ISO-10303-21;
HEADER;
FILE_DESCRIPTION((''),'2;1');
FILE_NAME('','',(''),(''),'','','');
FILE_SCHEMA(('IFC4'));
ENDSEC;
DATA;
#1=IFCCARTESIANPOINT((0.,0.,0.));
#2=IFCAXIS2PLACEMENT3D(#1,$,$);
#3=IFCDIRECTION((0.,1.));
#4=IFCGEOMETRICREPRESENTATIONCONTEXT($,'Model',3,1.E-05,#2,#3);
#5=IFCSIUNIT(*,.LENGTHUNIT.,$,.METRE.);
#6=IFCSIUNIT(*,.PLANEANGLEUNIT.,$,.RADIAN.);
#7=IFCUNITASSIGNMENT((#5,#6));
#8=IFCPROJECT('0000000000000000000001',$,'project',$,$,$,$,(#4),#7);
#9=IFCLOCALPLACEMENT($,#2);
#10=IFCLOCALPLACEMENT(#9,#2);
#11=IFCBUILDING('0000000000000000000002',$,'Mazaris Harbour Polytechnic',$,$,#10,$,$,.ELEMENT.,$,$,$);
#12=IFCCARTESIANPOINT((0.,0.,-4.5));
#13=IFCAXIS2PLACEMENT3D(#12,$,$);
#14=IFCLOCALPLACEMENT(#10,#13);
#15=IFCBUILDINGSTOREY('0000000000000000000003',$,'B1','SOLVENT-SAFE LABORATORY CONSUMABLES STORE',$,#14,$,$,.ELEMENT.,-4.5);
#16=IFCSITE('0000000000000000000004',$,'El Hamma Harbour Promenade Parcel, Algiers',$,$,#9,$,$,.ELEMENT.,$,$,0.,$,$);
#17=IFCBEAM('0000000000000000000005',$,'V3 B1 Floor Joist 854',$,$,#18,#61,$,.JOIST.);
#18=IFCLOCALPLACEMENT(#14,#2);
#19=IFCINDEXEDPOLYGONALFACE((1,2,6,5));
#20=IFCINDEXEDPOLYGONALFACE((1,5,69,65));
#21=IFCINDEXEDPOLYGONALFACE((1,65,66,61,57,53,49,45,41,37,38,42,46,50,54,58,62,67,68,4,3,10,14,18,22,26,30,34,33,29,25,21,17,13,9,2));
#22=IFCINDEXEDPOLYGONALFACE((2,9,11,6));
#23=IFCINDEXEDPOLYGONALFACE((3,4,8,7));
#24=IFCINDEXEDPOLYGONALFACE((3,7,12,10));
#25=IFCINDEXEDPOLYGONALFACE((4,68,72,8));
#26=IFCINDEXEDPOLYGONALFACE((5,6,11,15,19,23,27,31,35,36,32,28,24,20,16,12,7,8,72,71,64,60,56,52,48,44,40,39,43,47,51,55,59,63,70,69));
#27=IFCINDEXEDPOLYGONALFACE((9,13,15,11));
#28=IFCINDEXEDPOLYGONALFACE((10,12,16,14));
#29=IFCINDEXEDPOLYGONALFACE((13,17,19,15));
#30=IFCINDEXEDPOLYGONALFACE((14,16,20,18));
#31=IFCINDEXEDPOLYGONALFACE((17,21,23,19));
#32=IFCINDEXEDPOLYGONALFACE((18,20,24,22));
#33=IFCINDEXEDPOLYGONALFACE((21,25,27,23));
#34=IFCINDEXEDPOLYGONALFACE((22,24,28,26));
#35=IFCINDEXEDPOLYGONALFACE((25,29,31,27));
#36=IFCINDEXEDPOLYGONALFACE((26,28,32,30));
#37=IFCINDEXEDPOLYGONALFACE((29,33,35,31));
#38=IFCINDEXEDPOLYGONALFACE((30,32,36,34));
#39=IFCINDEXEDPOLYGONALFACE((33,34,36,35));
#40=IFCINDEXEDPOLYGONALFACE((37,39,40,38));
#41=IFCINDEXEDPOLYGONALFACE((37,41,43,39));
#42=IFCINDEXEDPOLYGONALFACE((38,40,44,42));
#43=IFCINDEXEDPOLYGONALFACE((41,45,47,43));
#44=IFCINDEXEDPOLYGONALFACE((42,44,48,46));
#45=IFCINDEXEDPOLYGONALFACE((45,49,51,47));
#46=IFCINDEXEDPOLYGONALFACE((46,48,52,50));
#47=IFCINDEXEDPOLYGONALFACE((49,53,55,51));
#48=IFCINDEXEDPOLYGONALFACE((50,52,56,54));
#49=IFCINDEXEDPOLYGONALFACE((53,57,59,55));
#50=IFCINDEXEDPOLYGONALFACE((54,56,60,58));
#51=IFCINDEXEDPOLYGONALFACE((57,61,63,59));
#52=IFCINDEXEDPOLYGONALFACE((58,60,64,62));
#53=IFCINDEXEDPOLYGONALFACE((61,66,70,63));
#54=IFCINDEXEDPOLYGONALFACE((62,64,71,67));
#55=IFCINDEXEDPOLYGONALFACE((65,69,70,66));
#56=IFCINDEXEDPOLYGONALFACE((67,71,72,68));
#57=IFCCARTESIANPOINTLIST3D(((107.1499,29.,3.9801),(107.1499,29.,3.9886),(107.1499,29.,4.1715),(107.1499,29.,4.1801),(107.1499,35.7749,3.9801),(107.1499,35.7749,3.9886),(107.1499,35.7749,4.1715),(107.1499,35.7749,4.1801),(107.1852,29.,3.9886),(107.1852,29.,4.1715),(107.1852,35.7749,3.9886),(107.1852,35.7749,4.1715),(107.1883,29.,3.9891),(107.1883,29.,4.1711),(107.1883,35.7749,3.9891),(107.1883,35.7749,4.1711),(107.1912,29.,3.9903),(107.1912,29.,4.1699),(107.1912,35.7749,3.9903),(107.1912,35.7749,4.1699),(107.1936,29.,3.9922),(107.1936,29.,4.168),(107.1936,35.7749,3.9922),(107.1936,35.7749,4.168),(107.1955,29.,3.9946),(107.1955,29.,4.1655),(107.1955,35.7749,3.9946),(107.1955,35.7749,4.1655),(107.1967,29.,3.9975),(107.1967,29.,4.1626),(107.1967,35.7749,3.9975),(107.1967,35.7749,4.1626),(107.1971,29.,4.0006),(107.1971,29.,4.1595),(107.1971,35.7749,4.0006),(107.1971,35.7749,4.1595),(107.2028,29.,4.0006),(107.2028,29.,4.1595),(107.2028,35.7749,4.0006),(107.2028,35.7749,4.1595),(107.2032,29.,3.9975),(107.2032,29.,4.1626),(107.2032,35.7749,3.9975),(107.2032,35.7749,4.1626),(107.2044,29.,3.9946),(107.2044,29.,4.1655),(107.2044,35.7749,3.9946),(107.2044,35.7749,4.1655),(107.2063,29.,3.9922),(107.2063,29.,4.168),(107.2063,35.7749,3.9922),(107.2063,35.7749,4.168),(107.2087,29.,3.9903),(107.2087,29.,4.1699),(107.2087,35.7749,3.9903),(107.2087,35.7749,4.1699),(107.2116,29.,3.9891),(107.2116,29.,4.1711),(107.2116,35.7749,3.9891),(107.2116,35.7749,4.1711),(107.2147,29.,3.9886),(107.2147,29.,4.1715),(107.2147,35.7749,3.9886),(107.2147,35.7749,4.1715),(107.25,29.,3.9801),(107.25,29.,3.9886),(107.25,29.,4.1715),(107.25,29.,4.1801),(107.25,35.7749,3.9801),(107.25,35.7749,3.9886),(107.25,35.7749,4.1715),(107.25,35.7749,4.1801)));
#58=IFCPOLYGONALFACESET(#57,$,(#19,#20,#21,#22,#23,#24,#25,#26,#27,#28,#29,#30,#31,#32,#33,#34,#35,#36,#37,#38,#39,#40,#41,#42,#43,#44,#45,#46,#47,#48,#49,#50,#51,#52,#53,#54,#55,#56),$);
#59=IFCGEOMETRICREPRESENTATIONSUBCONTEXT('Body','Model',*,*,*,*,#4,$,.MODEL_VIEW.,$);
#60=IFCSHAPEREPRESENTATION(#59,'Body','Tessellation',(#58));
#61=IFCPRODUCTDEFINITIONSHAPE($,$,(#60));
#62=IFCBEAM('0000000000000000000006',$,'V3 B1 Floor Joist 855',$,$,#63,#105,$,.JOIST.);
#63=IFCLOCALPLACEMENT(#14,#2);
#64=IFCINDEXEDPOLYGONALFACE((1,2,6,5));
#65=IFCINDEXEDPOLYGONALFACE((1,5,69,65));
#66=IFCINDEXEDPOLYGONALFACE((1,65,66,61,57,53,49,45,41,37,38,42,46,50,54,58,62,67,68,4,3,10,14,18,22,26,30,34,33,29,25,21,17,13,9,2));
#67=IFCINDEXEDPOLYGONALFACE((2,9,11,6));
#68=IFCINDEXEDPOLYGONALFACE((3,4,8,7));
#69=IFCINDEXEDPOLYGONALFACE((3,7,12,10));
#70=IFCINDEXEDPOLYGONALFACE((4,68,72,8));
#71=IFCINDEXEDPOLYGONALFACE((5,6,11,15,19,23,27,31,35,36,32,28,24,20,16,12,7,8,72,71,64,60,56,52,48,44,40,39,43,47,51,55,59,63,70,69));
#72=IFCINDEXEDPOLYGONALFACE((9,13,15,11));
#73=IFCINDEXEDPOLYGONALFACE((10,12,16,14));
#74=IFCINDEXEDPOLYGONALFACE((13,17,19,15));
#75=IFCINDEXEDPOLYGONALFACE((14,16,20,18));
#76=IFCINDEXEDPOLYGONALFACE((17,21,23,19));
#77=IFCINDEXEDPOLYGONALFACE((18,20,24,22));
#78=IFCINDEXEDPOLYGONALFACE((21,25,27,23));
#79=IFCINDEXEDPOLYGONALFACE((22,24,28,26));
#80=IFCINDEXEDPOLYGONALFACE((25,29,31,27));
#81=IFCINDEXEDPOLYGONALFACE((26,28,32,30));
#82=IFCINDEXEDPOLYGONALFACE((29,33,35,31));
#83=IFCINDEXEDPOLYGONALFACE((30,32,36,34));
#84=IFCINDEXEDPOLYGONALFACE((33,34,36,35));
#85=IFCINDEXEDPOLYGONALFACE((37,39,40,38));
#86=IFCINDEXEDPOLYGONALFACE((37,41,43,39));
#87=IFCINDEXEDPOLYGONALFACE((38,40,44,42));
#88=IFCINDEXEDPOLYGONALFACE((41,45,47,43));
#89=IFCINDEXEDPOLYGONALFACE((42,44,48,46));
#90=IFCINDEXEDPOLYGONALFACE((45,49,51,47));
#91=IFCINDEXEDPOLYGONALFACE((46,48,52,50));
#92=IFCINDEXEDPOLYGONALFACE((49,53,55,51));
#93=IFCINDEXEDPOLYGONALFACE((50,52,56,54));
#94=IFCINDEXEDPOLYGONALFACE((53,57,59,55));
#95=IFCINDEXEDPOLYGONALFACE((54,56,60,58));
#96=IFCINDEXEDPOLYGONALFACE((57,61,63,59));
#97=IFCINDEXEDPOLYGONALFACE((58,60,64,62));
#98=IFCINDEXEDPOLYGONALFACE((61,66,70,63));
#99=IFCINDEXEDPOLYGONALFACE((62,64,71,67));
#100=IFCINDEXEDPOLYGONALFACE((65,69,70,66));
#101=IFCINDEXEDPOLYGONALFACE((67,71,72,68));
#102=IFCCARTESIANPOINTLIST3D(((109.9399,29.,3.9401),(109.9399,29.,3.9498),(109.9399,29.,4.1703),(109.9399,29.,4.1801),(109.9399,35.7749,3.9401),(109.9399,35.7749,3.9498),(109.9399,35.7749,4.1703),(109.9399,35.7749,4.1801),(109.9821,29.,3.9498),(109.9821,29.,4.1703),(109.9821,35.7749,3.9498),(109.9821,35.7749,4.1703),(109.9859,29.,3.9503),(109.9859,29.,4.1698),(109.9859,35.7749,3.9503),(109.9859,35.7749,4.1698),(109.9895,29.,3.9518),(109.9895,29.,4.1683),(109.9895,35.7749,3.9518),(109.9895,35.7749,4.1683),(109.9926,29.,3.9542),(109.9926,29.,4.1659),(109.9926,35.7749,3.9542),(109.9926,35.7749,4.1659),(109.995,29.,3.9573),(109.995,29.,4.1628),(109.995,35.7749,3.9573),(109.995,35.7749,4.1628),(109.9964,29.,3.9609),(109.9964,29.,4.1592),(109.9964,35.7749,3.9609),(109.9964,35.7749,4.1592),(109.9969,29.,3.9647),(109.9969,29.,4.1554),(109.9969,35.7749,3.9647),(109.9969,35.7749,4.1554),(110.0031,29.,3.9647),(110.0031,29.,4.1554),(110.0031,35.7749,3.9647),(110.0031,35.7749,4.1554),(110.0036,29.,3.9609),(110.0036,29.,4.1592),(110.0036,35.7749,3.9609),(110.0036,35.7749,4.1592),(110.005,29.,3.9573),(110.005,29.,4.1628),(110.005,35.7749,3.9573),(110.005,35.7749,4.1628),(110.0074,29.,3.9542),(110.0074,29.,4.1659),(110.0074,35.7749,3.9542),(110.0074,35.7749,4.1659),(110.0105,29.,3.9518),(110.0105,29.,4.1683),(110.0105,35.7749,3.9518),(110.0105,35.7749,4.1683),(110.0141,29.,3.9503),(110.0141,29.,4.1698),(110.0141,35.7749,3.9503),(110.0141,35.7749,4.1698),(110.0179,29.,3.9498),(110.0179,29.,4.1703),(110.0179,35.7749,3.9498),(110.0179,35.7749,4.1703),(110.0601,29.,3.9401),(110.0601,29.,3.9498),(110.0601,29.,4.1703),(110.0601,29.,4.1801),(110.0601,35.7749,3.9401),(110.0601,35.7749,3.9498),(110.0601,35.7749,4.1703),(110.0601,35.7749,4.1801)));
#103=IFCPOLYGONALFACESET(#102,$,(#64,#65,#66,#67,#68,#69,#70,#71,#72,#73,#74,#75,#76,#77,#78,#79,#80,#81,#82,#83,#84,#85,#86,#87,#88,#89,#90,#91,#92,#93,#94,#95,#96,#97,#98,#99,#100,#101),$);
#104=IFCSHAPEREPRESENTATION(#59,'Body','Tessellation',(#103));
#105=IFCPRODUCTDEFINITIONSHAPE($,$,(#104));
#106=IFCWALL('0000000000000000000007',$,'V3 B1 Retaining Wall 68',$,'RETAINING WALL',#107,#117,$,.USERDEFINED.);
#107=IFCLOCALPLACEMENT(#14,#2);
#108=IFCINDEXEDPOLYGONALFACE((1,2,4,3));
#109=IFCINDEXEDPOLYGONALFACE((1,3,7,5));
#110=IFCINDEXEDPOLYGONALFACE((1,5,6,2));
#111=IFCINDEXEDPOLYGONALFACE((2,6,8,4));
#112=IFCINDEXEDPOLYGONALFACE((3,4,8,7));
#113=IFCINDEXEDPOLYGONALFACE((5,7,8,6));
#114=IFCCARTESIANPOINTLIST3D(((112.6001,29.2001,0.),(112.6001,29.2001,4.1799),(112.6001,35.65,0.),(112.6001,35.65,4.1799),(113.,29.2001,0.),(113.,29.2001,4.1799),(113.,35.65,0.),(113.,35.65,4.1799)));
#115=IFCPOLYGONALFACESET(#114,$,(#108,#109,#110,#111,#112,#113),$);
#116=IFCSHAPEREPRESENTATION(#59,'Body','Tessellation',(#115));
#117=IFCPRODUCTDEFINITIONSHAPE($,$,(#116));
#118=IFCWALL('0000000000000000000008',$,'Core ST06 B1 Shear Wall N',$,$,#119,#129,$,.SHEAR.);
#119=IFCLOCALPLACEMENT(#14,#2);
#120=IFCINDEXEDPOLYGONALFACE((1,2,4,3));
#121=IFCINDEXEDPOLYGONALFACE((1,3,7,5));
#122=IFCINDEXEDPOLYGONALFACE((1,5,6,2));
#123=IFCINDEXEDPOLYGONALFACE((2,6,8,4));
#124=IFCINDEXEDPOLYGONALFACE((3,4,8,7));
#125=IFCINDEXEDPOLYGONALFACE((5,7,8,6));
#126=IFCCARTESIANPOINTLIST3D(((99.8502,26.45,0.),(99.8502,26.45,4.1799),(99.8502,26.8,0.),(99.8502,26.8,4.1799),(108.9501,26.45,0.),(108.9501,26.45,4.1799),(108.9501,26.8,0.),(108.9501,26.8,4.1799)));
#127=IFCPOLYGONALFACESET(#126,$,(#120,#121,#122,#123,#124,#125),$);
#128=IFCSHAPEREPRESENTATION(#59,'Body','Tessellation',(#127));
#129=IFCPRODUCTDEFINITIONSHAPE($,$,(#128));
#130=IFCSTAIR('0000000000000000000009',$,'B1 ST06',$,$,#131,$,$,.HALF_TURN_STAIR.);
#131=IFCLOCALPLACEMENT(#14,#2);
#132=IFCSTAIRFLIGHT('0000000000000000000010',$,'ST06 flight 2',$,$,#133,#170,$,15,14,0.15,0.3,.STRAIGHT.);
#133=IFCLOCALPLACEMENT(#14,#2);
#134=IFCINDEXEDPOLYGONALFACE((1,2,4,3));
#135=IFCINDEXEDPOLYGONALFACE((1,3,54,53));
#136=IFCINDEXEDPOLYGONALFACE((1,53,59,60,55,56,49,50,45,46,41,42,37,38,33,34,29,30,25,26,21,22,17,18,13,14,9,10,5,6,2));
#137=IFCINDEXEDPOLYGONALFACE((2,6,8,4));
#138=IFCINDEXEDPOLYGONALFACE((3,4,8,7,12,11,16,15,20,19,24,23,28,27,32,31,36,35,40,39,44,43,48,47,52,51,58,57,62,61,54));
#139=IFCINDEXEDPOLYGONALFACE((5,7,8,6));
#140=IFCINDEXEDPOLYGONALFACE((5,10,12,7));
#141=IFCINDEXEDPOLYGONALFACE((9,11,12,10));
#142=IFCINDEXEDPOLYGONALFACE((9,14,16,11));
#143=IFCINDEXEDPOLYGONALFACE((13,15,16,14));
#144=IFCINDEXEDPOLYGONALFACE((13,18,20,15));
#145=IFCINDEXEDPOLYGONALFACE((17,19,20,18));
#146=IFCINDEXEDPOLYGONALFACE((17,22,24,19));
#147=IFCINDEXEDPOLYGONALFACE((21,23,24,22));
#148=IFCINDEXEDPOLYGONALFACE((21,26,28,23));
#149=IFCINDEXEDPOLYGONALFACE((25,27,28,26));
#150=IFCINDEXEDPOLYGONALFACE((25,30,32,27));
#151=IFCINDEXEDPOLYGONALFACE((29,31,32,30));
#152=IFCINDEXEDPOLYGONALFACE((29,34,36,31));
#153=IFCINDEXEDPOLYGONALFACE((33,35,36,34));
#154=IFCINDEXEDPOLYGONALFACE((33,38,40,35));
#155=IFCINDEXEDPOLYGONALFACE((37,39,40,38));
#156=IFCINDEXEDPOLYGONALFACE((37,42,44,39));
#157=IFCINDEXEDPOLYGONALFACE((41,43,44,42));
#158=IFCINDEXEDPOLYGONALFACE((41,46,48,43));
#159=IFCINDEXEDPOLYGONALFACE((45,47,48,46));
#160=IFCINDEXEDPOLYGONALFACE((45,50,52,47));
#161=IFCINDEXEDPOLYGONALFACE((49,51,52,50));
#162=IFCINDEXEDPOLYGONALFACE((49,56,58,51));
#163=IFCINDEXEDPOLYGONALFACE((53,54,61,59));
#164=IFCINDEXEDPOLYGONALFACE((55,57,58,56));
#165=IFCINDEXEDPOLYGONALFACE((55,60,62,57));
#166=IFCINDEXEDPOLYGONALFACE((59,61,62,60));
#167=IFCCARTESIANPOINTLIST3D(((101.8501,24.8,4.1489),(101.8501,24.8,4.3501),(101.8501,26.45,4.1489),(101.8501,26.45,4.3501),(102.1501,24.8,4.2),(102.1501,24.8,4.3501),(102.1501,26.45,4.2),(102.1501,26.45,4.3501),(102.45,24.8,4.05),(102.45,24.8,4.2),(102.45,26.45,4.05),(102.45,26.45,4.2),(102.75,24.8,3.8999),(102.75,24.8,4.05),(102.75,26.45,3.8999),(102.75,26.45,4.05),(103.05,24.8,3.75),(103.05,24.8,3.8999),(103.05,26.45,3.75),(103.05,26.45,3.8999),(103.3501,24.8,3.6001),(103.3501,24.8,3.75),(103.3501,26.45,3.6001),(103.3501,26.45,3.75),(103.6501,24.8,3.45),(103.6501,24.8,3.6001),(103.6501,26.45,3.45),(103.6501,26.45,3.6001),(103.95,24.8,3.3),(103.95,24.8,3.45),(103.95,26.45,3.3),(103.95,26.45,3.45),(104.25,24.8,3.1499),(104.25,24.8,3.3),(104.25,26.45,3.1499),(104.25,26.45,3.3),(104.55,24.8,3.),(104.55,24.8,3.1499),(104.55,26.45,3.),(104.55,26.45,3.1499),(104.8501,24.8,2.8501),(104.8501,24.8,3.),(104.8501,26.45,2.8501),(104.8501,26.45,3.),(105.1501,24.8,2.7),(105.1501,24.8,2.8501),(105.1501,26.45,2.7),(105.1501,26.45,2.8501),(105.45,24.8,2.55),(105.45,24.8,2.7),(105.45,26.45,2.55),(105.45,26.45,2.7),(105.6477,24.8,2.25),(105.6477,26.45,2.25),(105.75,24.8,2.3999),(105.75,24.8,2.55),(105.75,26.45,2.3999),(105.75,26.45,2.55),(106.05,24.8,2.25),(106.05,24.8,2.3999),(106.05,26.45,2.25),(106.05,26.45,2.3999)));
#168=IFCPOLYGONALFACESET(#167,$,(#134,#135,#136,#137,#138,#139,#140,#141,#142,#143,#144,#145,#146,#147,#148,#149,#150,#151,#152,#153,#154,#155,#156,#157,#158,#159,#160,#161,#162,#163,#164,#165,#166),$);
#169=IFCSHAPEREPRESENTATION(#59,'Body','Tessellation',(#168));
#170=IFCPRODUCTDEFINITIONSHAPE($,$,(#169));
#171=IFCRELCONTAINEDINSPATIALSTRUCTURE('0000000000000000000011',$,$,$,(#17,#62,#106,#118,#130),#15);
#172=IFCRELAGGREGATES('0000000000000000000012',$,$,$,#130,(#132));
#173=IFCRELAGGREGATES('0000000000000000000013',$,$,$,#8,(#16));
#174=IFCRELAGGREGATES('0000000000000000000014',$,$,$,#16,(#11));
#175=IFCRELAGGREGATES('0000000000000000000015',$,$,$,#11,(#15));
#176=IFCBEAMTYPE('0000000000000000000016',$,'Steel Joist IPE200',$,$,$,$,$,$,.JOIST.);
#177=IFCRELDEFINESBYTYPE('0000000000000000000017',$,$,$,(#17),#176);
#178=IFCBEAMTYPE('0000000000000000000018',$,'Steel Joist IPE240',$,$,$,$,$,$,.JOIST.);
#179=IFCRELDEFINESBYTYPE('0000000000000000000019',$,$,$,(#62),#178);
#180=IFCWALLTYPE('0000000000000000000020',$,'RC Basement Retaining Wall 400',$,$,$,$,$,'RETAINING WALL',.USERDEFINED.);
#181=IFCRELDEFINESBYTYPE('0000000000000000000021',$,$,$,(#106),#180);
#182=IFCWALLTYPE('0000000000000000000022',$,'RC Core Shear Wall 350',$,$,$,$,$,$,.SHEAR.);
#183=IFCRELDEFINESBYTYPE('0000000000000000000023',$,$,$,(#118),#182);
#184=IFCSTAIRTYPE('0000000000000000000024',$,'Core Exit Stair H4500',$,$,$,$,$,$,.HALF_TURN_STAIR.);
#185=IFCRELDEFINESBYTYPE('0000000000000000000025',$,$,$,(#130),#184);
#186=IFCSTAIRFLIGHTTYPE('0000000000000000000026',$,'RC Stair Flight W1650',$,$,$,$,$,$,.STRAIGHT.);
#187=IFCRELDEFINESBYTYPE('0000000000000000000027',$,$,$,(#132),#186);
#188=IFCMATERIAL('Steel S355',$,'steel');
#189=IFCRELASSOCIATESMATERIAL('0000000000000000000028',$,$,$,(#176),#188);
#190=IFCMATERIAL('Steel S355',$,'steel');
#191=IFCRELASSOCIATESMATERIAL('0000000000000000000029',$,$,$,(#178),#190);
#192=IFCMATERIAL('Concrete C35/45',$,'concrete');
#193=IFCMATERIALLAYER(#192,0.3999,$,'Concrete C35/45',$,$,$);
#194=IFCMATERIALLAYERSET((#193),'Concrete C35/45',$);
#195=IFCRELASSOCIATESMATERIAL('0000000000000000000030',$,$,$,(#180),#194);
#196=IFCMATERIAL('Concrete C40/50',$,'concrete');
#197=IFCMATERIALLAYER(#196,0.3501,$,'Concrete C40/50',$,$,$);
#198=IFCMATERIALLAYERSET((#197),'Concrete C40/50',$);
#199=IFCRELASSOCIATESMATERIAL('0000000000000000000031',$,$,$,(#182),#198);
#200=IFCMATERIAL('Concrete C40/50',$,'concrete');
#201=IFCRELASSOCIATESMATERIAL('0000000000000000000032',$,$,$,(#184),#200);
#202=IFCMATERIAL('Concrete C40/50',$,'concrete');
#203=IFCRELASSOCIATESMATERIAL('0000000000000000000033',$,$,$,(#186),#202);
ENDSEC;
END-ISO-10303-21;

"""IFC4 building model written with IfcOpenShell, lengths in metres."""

from ifc_helpers import new_model, si_unit, direction, frame, frame_2d, origin, origin_2d, place, context, subcontext, project, spatial, polyline, rectangle, i_section, outline, extrude, material, layer, layer_set, material_profile, profile_set, type_object, element, aggregate, save


model = new_model("IFC4")

# Units and contexts
model_context = context("Model", 3, precision=1e-05, world=origin(), true_north=direction((0.0, 1.0)))
body_context = subcontext(model_context, "Body", "Model", "MODEL_VIEW")
ifc_project = project(units=[si_unit("LENGTHUNIT", "METRE"), si_unit("PLANEANGLEUNIT", "RADIAN")], contexts=[model_context])

# Site, building, storey
site_placement = place(None, origin())
site = spatial("IfcSite", under=ifc_project, at=site_placement, Name="El Hamma Harbour Promenade Parcel, Algiers", CompositionType="ELEMENT", RefElevation=0.0)
building_placement = place(site_placement, origin())
building = spatial("IfcBuilding", under=site, at=building_placement, Name="Mazaris Harbour Polytechnic", CompositionType="ELEMENT")
storey_placement = place(building_placement, frame((0.0, 0.0, -4.5)))
storey = spatial("IfcBuildingStorey", under=building, at=storey_placement, Name="B1", Description="SOLVENT-SAFE LABORATORY CONSUMABLES STORE", CompositionType="ELEMENT", Elevation=-4.5)

# Beams
ifc_material_1 = material(Name="Steel S355", Category="steel")
ifc_material_profile_1 = material_profile(ifc_material_1, i_section(OverallWidth=0.1001, OverallDepth=0.2, WebThickness=0.0056, FlangeThickness=0.0085, FilletRadius=0.012, at=origin_2d()), Name="IPE 200")
ifc_profile_set_1 = profile_set([ifc_material_profile_1], Name="Steel S355")
beam_type_1 = type_object("IfcBeamType", Name="Steel Joist IPE200", PredefinedType="JOIST", material=ifc_profile_set_1)
beam_1_placement = place(storey_placement, frame((107.2, 29.0, 4.0801), z_axis=(0.0, 1.0, 0.0), x_axis=(-1.0, 0.0, 0.0)))
element("IfcBeam", 1, at=beam_1_placement, inside=storey, type_object=beam_type_1, Name="V3 B1 Floor Joist 854", PredefinedType="JOIST", context=body_context, shape_type="SweptSolid", body=[
    extrude(i_section(OverallWidth=0.1001, OverallDepth=0.2, WebThickness=0.0056, FlangeThickness=0.0085, FilletRadius=0.012, at=origin_2d()), origin(), (0.0, 0.0, 1.0), 6.7749),
])
ifc_material_2 = material(Name="Steel S355", Category="steel")
ifc_material_profile_2 = material_profile(ifc_material_2, i_section(OverallWidth=0.1201, OverallDepth=0.24, WebThickness=0.0061, FlangeThickness=0.0098, FilletRadius=0.0149, at=origin_2d()), Name="IPE 240")
ifc_profile_set_2 = profile_set([ifc_material_profile_2], Name="Steel S355")
beam_type_2 = type_object("IfcBeamType", Name="Steel Joist IPE240", PredefinedType="JOIST", material=ifc_profile_set_2)
beam_2_placement = place(storey_placement, frame((110.0, 29.0, 4.0601), z_axis=(0.0, 1.0, 0.0), x_axis=(-1.0, 0.0, 0.0)))
element("IfcBeam", 2, at=beam_2_placement, inside=storey, type_object=beam_type_2, Name="V3 B1 Floor Joist 855", PredefinedType="JOIST", context=body_context, shape_type="SweptSolid", body=[
    extrude(i_section(OverallWidth=0.1201, OverallDepth=0.24, WebThickness=0.0061, FlangeThickness=0.0098, FilletRadius=0.0149, at=origin_2d()), origin(), (0.0, 0.0, 1.0), 6.7749),
])

# Walls
ifc_material_3 = material(Name="Concrete C35/45", Category="concrete")
ifc_layer_1 = layer(ifc_material_3, 0.3999, Name="Concrete C35/45")
ifc_layer_set_1 = layer_set([ifc_layer_1], Name="Concrete C35/45")
wall_type_1 = type_object("IfcWallType", Name="RC Basement Retaining Wall 400", ElementType="RETAINING WALL", PredefinedType="USERDEFINED", material=ifc_layer_set_1)
wall_1_placement = place(storey_placement, frame((112.8, 29.2, 0.0), z_axis=(0.0, 0.0, 1.0), x_axis=(0.0, 1.0, 0.0)))
element("IfcWall", 3, at=wall_1_placement, inside=storey, type_object=wall_type_1, Name="V3 B1 Retaining Wall 68", ObjectType="RETAINING WALL", PredefinedType="USERDEFINED", context=body_context, shape_type="SweptSolid", body=[
    extrude(rectangle(XDim=6.45, YDim=0.3999, at=frame_2d((3.2251, 0.0))), origin(), (0.0, 0.0, 1.0), 4.1799),
])
ifc_material_4 = material(Name="Concrete C40/50", Category="concrete")
ifc_layer_2 = layer(ifc_material_4, 0.3501, Name="Concrete C40/50")
ifc_layer_set_2 = layer_set([ifc_layer_2], Name="Concrete C40/50")
wall_type_2 = type_object("IfcWallType", Name="RC Core Shear Wall 350", PredefinedType="SHEAR", material=ifc_layer_set_2)
wall_2_placement = place(storey_placement, frame((108.95, 26.625, 0.0), z_axis=(0.0, 0.0, 1.0), x_axis=(-1.0, 0.0, 0.0)))
element("IfcWall", 4, at=wall_2_placement, inside=storey, type_object=wall_type_2, Name="Core ST06 B1 Shear Wall N", PredefinedType="SHEAR", context=body_context, shape_type="SweptSolid", body=[
    extrude(rectangle(XDim=9.0999, YDim=0.3501, at=frame_2d((4.5498, 0.0))), origin(), (0.0, 0.0, 1.0), 4.1799),
])

# Stair, stair flight
ifc_material_5 = material(Name="Concrete C40/50", Category="concrete")
stair_type = type_object("IfcStairType", Name="Core Exit Stair H4500", PredefinedType="HALF_TURN_STAIR", material=ifc_material_5)
stair_placement = place(storey_placement, origin())
stair = element("IfcStair", 5, at=stair_placement, inside=storey, type_object=stair_type, Name="B1 ST06", PredefinedType="HALF_TURN_STAIR")
ifc_material_6 = material(Name="Concrete C40/50", Category="concrete")
stair_flight_type = type_object("IfcStairFlightType", Name="RC Stair Flight W1650", PredefinedType="STRAIGHT", material=ifc_material_6)
stair_flight_placement = place(storey_placement, frame((106.05, 25.625, 2.25), z_axis=(0.0, 0.0, 1.0), x_axis=(-1.0, 0.0, 0.0)))
stair_flight = element("IfcStairFlight", 6, at=stair_flight_placement, type_object=stair_flight_type, Name="ST06 flight 2", NumberOfRisers=15, NumberOfTreads=14, PredefinedType="STRAIGHT", RiserHeight=0.15, TreadLength=0.3, context=body_context, shape_type="SweptSolid", body=[
    extrude(outline(polyline([(0.0, 0.0), (0.0, 0.1499), (0.3, 0.1499), (0.3, 0.3), (0.6001, 0.3), (0.6001, 0.45), (0.8999, 0.45), (0.8999, 0.6001), (1.2, 0.6001), (1.2, 0.75), (1.5, 0.75), (1.5, 0.8999), (1.8, 0.8999), (1.8, 1.05), (2.1001, 1.05), (2.1001, 1.2), (2.3999, 1.2), (2.3999, 1.3501), (2.7, 1.3501), (2.7, 1.5), (3.0, 1.5), (3.0, 1.6499), (3.3, 1.6499), (3.3, 1.8), (3.6001, 1.8), (3.6001, 1.95), (3.8999, 1.95), (3.8999, 2.1001), (4.2, 2.1001), (4.2, 2.25), (4.2, 1.8989), (0.4023, 0.0), (0.0, 0.0)])), frame((0.0, 0.825, 0.0), z_axis=(0.0, -1.0, 0.0), x_axis=(1.0, 0.0, 0.0)), (0.0, 0.0, 1.0), 1.6499),
])
aggregate(stair, [stair_flight])

save(model, "model.ifc")
